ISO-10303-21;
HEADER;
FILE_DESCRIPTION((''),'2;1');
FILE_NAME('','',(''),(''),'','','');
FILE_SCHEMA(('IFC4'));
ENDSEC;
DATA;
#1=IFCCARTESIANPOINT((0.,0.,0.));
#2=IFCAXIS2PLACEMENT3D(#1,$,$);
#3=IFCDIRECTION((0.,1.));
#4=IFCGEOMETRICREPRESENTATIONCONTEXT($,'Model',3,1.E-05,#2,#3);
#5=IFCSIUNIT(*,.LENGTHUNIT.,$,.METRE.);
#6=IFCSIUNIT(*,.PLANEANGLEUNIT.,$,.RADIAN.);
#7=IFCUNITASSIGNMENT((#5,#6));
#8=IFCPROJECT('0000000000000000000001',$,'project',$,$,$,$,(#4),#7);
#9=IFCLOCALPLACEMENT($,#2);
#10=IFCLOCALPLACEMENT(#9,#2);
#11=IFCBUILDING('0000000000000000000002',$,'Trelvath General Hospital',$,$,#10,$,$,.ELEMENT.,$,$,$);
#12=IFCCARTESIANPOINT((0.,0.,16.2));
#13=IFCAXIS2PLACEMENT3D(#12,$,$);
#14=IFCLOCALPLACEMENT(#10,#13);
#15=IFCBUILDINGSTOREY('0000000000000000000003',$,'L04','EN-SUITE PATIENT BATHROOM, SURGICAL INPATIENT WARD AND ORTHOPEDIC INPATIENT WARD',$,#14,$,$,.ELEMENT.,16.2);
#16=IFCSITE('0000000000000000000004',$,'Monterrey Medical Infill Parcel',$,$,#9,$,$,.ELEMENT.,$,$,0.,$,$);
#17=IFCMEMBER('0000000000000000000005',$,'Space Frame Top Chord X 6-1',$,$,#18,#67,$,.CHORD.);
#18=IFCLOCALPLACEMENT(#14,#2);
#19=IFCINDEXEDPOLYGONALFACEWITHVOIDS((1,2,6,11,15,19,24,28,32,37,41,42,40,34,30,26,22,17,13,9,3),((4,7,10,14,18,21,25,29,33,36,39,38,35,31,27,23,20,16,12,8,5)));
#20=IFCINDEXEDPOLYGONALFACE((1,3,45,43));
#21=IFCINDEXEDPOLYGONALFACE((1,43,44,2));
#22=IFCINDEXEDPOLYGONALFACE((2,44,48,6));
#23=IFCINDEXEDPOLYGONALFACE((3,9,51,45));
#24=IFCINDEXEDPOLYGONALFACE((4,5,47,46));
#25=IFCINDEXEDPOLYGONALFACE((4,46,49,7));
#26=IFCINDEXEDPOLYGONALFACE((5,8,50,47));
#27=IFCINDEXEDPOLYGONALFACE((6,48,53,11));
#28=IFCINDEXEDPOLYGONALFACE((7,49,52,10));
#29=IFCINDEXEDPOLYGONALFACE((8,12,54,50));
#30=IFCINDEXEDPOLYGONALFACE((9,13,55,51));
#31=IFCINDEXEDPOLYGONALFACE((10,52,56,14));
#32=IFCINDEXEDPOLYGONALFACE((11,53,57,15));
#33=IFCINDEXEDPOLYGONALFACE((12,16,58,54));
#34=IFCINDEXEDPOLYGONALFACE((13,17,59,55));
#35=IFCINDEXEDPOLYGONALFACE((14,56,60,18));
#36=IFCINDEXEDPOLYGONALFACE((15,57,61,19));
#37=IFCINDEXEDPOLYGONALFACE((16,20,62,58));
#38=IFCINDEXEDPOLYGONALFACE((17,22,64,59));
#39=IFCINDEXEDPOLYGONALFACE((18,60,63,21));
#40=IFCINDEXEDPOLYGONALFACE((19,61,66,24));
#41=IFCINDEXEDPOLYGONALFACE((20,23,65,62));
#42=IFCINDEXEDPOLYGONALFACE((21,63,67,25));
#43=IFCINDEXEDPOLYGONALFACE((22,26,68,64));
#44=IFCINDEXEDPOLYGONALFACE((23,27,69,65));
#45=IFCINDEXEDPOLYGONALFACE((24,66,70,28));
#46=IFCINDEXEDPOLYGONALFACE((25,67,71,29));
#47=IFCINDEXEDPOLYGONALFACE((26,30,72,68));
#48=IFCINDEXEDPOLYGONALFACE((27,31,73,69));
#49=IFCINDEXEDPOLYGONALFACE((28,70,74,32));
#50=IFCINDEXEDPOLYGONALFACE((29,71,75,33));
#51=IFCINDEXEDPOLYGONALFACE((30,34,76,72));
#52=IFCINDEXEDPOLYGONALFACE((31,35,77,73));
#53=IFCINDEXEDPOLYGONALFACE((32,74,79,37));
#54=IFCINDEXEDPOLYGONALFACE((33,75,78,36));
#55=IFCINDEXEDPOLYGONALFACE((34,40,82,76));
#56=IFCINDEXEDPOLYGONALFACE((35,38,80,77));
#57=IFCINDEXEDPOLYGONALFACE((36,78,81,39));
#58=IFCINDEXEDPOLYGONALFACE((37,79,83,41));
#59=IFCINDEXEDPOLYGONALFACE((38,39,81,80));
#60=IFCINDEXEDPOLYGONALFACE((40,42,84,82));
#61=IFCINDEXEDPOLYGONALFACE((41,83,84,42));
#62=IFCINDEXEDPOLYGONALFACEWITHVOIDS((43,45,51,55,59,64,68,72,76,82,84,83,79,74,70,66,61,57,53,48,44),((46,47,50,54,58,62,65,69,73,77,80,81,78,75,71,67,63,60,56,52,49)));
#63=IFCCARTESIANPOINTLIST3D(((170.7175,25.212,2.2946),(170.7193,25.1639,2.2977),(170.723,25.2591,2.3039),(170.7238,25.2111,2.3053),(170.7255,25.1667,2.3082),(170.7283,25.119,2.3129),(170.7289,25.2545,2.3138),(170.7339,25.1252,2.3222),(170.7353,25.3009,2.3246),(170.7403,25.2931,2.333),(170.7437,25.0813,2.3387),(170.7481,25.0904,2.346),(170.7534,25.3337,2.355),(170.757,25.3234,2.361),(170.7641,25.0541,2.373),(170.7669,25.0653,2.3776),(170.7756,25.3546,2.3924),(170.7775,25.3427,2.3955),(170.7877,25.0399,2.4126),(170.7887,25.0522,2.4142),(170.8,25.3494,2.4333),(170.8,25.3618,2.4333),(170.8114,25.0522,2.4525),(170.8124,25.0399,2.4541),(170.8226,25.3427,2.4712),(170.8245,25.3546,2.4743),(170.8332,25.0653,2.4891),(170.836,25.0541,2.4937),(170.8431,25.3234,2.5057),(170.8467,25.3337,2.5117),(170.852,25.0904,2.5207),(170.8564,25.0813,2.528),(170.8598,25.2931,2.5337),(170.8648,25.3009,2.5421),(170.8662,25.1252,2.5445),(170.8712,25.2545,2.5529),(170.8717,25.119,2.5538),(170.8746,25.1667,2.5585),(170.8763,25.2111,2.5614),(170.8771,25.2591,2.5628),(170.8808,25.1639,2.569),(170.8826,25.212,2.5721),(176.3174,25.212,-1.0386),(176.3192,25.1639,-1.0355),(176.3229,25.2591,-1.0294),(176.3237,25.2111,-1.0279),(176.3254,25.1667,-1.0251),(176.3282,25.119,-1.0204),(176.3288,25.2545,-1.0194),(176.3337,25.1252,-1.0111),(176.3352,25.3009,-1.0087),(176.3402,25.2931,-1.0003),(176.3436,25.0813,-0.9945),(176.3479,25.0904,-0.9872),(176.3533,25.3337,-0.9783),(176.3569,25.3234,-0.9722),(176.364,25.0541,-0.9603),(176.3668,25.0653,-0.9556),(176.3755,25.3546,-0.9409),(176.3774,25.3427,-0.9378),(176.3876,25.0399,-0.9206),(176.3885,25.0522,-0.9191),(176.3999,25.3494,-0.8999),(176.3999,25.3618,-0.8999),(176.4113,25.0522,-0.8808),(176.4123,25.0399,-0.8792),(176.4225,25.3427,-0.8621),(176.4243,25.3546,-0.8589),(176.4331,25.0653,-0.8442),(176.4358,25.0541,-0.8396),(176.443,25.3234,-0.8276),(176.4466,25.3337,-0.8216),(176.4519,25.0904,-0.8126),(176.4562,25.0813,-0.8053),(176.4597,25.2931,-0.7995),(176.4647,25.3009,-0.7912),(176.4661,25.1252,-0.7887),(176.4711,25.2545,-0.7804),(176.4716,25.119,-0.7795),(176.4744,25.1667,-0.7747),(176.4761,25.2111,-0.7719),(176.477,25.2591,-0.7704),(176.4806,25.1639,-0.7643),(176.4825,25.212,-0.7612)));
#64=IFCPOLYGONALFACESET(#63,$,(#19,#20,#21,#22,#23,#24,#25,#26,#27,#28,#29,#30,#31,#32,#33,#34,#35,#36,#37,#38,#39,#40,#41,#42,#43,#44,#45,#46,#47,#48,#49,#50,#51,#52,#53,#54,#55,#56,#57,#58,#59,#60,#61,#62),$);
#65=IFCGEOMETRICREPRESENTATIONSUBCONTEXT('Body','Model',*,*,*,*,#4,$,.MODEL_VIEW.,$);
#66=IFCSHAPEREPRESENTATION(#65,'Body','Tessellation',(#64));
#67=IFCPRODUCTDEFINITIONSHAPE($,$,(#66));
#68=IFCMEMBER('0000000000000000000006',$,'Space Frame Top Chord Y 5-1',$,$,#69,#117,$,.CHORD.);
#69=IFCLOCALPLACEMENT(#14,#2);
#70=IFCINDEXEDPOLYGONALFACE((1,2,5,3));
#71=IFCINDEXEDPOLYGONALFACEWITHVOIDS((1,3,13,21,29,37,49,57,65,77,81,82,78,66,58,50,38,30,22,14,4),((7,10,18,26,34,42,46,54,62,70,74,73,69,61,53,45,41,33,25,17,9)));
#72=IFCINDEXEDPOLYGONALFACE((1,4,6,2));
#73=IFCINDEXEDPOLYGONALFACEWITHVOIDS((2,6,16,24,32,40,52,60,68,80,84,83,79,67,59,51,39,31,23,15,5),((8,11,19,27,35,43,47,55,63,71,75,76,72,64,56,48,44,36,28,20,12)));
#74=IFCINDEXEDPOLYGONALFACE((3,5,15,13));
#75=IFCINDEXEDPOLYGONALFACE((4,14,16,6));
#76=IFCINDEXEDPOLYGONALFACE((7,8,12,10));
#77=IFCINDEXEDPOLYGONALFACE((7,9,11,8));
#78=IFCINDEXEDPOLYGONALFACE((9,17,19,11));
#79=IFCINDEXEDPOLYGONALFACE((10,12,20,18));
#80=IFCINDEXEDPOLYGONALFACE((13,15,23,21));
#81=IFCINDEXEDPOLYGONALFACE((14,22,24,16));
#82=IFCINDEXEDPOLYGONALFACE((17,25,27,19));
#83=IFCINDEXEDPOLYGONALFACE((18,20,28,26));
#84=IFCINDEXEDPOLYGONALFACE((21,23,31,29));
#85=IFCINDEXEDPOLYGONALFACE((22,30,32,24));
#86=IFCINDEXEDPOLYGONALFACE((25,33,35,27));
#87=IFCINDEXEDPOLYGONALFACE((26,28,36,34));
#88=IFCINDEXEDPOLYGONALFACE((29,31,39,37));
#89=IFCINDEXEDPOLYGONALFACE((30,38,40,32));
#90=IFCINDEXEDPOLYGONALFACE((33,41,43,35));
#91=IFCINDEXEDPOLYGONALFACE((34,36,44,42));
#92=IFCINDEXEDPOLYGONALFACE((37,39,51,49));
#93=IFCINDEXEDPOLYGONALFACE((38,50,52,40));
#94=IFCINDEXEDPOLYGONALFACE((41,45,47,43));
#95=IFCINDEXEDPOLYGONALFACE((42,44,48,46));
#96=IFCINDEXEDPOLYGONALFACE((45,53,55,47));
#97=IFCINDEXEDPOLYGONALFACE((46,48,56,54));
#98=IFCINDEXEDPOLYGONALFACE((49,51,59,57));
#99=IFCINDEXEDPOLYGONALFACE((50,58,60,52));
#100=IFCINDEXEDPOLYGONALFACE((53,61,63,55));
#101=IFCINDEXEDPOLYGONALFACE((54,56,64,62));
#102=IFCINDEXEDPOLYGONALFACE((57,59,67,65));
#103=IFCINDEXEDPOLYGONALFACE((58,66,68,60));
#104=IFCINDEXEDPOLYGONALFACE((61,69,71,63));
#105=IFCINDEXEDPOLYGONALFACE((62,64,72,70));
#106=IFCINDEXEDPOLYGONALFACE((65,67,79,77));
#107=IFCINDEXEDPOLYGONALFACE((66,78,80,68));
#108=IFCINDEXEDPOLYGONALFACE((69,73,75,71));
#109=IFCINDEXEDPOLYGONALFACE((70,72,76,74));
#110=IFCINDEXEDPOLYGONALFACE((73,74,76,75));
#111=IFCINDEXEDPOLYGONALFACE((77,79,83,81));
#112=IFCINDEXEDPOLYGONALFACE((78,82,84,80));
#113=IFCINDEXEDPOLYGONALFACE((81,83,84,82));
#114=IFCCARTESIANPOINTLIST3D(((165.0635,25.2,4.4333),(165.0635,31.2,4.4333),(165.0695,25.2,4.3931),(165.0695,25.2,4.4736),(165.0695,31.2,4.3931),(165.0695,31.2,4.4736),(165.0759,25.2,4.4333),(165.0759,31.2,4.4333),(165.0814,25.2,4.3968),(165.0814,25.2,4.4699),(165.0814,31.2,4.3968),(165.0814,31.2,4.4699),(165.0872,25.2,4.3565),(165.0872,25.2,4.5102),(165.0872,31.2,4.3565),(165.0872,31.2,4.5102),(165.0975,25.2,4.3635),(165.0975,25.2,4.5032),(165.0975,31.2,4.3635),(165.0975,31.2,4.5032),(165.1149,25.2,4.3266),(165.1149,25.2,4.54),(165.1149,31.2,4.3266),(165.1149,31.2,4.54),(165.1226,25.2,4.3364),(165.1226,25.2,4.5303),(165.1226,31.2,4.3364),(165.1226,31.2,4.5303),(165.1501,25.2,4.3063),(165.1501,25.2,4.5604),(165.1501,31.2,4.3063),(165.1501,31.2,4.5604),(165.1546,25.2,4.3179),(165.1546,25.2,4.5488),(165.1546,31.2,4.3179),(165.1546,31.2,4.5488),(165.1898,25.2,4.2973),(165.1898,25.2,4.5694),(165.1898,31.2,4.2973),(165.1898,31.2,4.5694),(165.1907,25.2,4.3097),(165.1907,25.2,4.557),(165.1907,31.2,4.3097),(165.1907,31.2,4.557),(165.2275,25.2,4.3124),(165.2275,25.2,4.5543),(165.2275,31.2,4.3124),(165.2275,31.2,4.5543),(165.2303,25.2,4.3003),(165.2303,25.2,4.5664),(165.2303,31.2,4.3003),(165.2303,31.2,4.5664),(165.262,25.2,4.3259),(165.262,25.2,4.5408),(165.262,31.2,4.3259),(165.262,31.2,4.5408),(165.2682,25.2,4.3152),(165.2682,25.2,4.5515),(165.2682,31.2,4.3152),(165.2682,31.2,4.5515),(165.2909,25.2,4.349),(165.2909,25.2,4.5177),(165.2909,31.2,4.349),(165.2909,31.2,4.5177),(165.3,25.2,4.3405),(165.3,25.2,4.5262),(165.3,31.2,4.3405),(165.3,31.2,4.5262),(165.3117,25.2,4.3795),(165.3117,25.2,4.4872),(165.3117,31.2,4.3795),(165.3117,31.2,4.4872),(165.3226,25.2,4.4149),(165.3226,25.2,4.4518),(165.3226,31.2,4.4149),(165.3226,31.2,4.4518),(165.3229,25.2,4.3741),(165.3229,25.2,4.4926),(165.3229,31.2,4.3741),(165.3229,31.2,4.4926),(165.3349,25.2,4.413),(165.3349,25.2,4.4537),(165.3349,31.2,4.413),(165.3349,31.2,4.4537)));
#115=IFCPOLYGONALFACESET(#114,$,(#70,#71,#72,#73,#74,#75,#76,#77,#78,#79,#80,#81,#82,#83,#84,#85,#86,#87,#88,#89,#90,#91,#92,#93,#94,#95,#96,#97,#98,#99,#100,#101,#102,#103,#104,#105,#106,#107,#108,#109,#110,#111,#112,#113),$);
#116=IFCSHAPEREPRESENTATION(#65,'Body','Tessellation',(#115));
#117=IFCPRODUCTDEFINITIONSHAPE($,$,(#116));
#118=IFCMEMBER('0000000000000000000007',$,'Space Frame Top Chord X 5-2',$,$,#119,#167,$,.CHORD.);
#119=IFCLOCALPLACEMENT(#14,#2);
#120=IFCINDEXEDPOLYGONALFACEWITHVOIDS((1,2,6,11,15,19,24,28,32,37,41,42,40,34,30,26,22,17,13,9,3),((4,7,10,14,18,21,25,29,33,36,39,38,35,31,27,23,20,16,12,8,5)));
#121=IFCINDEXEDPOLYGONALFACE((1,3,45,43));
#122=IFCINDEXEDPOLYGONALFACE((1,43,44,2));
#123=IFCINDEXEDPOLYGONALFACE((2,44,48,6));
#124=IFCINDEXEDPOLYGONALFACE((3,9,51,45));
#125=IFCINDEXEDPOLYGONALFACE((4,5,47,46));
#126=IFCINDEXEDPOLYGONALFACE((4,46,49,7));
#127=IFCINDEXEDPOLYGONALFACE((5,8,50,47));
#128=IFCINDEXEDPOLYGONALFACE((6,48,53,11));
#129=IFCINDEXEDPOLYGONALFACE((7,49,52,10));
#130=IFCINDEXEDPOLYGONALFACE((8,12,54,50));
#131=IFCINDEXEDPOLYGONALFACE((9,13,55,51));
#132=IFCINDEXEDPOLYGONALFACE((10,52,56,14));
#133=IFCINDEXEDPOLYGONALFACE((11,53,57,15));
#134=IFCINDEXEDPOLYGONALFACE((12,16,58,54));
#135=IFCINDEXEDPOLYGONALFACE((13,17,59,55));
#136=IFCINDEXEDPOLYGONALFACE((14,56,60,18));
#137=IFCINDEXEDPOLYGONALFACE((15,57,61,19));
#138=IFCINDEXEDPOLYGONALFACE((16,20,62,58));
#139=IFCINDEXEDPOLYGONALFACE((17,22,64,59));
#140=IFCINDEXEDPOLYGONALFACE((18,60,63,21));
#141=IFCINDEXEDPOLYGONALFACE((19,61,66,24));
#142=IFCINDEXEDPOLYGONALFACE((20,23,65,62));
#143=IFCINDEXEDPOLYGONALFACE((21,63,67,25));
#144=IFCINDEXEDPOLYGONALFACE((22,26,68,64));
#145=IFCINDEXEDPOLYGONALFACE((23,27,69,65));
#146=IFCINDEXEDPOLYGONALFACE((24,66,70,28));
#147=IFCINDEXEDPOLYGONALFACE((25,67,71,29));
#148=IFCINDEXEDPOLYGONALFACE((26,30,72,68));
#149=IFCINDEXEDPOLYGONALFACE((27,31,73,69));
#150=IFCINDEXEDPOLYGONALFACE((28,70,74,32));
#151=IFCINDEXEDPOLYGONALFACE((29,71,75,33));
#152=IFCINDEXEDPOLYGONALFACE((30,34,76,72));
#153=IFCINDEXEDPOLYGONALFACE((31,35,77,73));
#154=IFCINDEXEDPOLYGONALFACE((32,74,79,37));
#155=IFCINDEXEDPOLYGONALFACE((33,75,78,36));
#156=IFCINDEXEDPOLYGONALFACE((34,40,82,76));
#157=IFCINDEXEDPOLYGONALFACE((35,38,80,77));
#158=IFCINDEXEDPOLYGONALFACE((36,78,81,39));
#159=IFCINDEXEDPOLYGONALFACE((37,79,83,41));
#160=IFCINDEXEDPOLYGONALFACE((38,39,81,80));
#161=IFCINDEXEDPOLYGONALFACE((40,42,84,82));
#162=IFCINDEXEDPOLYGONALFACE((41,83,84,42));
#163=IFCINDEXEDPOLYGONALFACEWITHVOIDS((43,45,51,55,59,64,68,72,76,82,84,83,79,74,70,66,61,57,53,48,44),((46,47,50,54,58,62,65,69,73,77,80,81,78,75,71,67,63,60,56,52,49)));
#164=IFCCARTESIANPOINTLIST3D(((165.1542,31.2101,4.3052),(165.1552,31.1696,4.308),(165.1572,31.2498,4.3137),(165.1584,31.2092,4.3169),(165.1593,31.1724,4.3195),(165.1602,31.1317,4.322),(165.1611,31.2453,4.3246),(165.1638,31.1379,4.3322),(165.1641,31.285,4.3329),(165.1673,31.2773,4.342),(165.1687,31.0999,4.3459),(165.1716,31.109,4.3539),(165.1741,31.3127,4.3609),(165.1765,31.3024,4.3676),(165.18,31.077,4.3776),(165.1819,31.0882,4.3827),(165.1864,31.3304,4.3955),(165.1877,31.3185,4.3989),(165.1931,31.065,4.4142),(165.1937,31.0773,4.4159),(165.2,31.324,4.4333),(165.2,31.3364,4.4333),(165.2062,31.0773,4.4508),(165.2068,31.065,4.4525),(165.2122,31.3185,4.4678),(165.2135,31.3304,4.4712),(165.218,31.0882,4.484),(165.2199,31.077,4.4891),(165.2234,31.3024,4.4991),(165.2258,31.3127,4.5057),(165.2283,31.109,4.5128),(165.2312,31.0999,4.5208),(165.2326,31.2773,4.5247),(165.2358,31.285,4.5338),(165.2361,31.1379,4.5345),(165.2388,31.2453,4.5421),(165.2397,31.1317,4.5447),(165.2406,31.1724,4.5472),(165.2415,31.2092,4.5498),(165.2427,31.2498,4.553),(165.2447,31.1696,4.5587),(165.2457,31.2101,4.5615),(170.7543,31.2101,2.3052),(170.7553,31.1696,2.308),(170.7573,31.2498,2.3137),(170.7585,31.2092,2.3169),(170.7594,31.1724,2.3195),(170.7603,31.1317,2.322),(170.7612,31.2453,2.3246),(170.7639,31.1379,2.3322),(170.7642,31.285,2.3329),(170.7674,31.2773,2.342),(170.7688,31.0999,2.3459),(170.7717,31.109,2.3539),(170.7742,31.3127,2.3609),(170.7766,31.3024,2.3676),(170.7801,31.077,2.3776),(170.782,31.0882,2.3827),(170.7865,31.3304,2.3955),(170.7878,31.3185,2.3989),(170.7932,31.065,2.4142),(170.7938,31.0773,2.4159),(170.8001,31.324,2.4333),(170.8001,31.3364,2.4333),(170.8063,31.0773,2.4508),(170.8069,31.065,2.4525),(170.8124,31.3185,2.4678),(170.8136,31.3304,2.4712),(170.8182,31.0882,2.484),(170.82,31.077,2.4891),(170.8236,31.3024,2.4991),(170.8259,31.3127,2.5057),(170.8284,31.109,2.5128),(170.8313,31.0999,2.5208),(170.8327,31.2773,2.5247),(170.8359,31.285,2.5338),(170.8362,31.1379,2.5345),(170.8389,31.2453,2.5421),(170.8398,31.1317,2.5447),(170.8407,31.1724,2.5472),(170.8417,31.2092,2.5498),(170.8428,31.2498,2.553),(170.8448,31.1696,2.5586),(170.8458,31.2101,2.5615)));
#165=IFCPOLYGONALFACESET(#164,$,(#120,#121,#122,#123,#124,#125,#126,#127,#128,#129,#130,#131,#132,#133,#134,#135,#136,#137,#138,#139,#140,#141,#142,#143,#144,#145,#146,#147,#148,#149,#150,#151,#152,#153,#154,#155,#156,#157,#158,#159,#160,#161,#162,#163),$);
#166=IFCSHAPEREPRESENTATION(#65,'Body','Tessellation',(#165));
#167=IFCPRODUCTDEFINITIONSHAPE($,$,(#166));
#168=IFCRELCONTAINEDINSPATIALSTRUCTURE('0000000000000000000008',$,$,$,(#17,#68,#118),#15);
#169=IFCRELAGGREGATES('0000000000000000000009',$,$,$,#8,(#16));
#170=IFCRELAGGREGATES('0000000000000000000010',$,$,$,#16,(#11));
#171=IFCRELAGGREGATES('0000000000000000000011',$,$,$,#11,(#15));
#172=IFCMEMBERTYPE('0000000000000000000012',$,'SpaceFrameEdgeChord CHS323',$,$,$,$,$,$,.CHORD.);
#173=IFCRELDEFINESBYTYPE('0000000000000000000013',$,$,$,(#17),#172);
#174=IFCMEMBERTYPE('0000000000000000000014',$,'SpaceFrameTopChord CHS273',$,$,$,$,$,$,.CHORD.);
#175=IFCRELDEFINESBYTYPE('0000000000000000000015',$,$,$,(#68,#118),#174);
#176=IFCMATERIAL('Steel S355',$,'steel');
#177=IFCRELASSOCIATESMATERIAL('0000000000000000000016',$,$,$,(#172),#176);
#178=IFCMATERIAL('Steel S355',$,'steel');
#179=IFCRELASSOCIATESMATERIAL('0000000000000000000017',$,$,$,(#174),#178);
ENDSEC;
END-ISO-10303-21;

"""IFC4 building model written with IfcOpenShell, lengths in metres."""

from ifc_helpers import new_model, si_unit, direction, frame, origin, origin_2d, place, context, subcontext, project, spatial, hollow_circle, extrude, material, material_profile, profile_set, type_object, element, save


model = new_model("IFC4")

# Units and contexts
model_context = context("Model", 3, precision=1e-05, world=origin(), true_north=direction((0.0, 1.0)))
body_context = subcontext(model_context, "Body", "Model", "MODEL_VIEW")
ifc_project = project(units=[si_unit("LENGTHUNIT", "METRE"), si_unit("PLANEANGLEUNIT", "RADIAN")], contexts=[model_context])

# Site, building, storey
site_placement = place(None, origin())
site = spatial("IfcSite", under=ifc_project, at=site_placement, Name="Monterrey Medical Infill Parcel", CompositionType="ELEMENT", RefElevation=0.0)
building_placement = place(site_placement, origin())
building = spatial("IfcBuilding", under=site, at=building_placement, Name="Trelvath General Hospital", CompositionType="ELEMENT")
storey_placement = place(building_placement, frame((0.0, 0.0, 16.2)))
storey = spatial("IfcBuildingStorey", under=building, at=storey_placement, Name="L04", Description="EN-SUITE PATIENT BATHROOM, SURGICAL INPATIENT WARD AND ORTHOPEDIC INPATIENT WARD", CompositionType="ELEMENT", Elevation=16.2)

# Members
ifc_material_1 = material(Name="Steel S355", Category="steel")
ifc_material_profile_1 = material_profile(ifc_material_1, hollow_circle(Radius=0.1619, WallThickness=0.0125, at=origin_2d()), Name="CHS323.9x12.5")
ifc_profile_set_1 = profile_set([ifc_material_profile_1], Name="Steel S355")
member_type_1 = type_object("IfcMemberType", Name="SpaceFrameEdgeChord CHS323", PredefinedType="CHORD", material=ifc_profile_set_1)
for number, where, z_axis, x_axis, name in (
    (1, (170.8, 25.2, 2.4333), (0.859292, 0.0, -0.511485), (0.0, 1.0, 0.0), "Space Frame Top Chord X 6-1"),
):
    element("IfcMember", number, at=place(storey_placement, frame(where, z_axis=z_axis, x_axis=x_axis)), inside=storey, type_object=member_type_1, Name=name, PredefinedType="CHORD", context=body_context, shape_type="SweptSolid", body=[
        extrude(hollow_circle(Radius=0.1619, WallThickness=0.0125, at=origin_2d()), origin(), (0.0, 0.0, 1.0), 6.5168),
    ])
ifc_material_2 = material(Name="Steel S355", Category="steel")
ifc_material_profile_2 = material_profile(ifc_material_2, hollow_circle(Radius=0.1365, WallThickness=0.0125, at=origin_2d()), Name="CHS273.0x12.5")
ifc_profile_set_2 = profile_set([ifc_material_profile_2], Name="Steel S355")
member_type_2 = type_object("IfcMemberType", Name="SpaceFrameTopChord CHS273", PredefinedType="CHORD", material=ifc_profile_set_2)
member_1_placement = place(storey_placement, frame((165.2, 25.2, 4.4333), z_axis=(0.0, 1.0, 0.0), x_axis=(-1.0, 0.0, 0.0)))
element("IfcMember", 2, at=member_1_placement, inside=storey, type_object=member_type_2, Name="Space Frame Top Chord Y 5-1", PredefinedType="CHORD", context=body_context, shape_type="SweptSolid", body=[
    extrude(hollow_circle(Radius=0.1365, WallThickness=0.0125, at=origin_2d()), origin(), (0.0, 0.0, 1.0), 6.0),
])
member_2_placement = place(storey_placement, frame((165.2, 31.2, 4.4333), z_axis=(0.941744, 0.0, -0.336331), x_axis=(0.0, 1.0, 0.0)))
element("IfcMember", 3, at=member_2_placement, inside=storey, type_object=member_type_2, Name="Space Frame Top Chord X 5-2", PredefinedType="CHORD", context=body_context, shape_type="SweptSolid", body=[
    extrude(hollow_circle(Radius=0.1365, WallThickness=0.0125, at=origin_2d()), origin(), (0.0, 0.0, 1.0), 5.9465),
])

save(model, "model.ifc")
